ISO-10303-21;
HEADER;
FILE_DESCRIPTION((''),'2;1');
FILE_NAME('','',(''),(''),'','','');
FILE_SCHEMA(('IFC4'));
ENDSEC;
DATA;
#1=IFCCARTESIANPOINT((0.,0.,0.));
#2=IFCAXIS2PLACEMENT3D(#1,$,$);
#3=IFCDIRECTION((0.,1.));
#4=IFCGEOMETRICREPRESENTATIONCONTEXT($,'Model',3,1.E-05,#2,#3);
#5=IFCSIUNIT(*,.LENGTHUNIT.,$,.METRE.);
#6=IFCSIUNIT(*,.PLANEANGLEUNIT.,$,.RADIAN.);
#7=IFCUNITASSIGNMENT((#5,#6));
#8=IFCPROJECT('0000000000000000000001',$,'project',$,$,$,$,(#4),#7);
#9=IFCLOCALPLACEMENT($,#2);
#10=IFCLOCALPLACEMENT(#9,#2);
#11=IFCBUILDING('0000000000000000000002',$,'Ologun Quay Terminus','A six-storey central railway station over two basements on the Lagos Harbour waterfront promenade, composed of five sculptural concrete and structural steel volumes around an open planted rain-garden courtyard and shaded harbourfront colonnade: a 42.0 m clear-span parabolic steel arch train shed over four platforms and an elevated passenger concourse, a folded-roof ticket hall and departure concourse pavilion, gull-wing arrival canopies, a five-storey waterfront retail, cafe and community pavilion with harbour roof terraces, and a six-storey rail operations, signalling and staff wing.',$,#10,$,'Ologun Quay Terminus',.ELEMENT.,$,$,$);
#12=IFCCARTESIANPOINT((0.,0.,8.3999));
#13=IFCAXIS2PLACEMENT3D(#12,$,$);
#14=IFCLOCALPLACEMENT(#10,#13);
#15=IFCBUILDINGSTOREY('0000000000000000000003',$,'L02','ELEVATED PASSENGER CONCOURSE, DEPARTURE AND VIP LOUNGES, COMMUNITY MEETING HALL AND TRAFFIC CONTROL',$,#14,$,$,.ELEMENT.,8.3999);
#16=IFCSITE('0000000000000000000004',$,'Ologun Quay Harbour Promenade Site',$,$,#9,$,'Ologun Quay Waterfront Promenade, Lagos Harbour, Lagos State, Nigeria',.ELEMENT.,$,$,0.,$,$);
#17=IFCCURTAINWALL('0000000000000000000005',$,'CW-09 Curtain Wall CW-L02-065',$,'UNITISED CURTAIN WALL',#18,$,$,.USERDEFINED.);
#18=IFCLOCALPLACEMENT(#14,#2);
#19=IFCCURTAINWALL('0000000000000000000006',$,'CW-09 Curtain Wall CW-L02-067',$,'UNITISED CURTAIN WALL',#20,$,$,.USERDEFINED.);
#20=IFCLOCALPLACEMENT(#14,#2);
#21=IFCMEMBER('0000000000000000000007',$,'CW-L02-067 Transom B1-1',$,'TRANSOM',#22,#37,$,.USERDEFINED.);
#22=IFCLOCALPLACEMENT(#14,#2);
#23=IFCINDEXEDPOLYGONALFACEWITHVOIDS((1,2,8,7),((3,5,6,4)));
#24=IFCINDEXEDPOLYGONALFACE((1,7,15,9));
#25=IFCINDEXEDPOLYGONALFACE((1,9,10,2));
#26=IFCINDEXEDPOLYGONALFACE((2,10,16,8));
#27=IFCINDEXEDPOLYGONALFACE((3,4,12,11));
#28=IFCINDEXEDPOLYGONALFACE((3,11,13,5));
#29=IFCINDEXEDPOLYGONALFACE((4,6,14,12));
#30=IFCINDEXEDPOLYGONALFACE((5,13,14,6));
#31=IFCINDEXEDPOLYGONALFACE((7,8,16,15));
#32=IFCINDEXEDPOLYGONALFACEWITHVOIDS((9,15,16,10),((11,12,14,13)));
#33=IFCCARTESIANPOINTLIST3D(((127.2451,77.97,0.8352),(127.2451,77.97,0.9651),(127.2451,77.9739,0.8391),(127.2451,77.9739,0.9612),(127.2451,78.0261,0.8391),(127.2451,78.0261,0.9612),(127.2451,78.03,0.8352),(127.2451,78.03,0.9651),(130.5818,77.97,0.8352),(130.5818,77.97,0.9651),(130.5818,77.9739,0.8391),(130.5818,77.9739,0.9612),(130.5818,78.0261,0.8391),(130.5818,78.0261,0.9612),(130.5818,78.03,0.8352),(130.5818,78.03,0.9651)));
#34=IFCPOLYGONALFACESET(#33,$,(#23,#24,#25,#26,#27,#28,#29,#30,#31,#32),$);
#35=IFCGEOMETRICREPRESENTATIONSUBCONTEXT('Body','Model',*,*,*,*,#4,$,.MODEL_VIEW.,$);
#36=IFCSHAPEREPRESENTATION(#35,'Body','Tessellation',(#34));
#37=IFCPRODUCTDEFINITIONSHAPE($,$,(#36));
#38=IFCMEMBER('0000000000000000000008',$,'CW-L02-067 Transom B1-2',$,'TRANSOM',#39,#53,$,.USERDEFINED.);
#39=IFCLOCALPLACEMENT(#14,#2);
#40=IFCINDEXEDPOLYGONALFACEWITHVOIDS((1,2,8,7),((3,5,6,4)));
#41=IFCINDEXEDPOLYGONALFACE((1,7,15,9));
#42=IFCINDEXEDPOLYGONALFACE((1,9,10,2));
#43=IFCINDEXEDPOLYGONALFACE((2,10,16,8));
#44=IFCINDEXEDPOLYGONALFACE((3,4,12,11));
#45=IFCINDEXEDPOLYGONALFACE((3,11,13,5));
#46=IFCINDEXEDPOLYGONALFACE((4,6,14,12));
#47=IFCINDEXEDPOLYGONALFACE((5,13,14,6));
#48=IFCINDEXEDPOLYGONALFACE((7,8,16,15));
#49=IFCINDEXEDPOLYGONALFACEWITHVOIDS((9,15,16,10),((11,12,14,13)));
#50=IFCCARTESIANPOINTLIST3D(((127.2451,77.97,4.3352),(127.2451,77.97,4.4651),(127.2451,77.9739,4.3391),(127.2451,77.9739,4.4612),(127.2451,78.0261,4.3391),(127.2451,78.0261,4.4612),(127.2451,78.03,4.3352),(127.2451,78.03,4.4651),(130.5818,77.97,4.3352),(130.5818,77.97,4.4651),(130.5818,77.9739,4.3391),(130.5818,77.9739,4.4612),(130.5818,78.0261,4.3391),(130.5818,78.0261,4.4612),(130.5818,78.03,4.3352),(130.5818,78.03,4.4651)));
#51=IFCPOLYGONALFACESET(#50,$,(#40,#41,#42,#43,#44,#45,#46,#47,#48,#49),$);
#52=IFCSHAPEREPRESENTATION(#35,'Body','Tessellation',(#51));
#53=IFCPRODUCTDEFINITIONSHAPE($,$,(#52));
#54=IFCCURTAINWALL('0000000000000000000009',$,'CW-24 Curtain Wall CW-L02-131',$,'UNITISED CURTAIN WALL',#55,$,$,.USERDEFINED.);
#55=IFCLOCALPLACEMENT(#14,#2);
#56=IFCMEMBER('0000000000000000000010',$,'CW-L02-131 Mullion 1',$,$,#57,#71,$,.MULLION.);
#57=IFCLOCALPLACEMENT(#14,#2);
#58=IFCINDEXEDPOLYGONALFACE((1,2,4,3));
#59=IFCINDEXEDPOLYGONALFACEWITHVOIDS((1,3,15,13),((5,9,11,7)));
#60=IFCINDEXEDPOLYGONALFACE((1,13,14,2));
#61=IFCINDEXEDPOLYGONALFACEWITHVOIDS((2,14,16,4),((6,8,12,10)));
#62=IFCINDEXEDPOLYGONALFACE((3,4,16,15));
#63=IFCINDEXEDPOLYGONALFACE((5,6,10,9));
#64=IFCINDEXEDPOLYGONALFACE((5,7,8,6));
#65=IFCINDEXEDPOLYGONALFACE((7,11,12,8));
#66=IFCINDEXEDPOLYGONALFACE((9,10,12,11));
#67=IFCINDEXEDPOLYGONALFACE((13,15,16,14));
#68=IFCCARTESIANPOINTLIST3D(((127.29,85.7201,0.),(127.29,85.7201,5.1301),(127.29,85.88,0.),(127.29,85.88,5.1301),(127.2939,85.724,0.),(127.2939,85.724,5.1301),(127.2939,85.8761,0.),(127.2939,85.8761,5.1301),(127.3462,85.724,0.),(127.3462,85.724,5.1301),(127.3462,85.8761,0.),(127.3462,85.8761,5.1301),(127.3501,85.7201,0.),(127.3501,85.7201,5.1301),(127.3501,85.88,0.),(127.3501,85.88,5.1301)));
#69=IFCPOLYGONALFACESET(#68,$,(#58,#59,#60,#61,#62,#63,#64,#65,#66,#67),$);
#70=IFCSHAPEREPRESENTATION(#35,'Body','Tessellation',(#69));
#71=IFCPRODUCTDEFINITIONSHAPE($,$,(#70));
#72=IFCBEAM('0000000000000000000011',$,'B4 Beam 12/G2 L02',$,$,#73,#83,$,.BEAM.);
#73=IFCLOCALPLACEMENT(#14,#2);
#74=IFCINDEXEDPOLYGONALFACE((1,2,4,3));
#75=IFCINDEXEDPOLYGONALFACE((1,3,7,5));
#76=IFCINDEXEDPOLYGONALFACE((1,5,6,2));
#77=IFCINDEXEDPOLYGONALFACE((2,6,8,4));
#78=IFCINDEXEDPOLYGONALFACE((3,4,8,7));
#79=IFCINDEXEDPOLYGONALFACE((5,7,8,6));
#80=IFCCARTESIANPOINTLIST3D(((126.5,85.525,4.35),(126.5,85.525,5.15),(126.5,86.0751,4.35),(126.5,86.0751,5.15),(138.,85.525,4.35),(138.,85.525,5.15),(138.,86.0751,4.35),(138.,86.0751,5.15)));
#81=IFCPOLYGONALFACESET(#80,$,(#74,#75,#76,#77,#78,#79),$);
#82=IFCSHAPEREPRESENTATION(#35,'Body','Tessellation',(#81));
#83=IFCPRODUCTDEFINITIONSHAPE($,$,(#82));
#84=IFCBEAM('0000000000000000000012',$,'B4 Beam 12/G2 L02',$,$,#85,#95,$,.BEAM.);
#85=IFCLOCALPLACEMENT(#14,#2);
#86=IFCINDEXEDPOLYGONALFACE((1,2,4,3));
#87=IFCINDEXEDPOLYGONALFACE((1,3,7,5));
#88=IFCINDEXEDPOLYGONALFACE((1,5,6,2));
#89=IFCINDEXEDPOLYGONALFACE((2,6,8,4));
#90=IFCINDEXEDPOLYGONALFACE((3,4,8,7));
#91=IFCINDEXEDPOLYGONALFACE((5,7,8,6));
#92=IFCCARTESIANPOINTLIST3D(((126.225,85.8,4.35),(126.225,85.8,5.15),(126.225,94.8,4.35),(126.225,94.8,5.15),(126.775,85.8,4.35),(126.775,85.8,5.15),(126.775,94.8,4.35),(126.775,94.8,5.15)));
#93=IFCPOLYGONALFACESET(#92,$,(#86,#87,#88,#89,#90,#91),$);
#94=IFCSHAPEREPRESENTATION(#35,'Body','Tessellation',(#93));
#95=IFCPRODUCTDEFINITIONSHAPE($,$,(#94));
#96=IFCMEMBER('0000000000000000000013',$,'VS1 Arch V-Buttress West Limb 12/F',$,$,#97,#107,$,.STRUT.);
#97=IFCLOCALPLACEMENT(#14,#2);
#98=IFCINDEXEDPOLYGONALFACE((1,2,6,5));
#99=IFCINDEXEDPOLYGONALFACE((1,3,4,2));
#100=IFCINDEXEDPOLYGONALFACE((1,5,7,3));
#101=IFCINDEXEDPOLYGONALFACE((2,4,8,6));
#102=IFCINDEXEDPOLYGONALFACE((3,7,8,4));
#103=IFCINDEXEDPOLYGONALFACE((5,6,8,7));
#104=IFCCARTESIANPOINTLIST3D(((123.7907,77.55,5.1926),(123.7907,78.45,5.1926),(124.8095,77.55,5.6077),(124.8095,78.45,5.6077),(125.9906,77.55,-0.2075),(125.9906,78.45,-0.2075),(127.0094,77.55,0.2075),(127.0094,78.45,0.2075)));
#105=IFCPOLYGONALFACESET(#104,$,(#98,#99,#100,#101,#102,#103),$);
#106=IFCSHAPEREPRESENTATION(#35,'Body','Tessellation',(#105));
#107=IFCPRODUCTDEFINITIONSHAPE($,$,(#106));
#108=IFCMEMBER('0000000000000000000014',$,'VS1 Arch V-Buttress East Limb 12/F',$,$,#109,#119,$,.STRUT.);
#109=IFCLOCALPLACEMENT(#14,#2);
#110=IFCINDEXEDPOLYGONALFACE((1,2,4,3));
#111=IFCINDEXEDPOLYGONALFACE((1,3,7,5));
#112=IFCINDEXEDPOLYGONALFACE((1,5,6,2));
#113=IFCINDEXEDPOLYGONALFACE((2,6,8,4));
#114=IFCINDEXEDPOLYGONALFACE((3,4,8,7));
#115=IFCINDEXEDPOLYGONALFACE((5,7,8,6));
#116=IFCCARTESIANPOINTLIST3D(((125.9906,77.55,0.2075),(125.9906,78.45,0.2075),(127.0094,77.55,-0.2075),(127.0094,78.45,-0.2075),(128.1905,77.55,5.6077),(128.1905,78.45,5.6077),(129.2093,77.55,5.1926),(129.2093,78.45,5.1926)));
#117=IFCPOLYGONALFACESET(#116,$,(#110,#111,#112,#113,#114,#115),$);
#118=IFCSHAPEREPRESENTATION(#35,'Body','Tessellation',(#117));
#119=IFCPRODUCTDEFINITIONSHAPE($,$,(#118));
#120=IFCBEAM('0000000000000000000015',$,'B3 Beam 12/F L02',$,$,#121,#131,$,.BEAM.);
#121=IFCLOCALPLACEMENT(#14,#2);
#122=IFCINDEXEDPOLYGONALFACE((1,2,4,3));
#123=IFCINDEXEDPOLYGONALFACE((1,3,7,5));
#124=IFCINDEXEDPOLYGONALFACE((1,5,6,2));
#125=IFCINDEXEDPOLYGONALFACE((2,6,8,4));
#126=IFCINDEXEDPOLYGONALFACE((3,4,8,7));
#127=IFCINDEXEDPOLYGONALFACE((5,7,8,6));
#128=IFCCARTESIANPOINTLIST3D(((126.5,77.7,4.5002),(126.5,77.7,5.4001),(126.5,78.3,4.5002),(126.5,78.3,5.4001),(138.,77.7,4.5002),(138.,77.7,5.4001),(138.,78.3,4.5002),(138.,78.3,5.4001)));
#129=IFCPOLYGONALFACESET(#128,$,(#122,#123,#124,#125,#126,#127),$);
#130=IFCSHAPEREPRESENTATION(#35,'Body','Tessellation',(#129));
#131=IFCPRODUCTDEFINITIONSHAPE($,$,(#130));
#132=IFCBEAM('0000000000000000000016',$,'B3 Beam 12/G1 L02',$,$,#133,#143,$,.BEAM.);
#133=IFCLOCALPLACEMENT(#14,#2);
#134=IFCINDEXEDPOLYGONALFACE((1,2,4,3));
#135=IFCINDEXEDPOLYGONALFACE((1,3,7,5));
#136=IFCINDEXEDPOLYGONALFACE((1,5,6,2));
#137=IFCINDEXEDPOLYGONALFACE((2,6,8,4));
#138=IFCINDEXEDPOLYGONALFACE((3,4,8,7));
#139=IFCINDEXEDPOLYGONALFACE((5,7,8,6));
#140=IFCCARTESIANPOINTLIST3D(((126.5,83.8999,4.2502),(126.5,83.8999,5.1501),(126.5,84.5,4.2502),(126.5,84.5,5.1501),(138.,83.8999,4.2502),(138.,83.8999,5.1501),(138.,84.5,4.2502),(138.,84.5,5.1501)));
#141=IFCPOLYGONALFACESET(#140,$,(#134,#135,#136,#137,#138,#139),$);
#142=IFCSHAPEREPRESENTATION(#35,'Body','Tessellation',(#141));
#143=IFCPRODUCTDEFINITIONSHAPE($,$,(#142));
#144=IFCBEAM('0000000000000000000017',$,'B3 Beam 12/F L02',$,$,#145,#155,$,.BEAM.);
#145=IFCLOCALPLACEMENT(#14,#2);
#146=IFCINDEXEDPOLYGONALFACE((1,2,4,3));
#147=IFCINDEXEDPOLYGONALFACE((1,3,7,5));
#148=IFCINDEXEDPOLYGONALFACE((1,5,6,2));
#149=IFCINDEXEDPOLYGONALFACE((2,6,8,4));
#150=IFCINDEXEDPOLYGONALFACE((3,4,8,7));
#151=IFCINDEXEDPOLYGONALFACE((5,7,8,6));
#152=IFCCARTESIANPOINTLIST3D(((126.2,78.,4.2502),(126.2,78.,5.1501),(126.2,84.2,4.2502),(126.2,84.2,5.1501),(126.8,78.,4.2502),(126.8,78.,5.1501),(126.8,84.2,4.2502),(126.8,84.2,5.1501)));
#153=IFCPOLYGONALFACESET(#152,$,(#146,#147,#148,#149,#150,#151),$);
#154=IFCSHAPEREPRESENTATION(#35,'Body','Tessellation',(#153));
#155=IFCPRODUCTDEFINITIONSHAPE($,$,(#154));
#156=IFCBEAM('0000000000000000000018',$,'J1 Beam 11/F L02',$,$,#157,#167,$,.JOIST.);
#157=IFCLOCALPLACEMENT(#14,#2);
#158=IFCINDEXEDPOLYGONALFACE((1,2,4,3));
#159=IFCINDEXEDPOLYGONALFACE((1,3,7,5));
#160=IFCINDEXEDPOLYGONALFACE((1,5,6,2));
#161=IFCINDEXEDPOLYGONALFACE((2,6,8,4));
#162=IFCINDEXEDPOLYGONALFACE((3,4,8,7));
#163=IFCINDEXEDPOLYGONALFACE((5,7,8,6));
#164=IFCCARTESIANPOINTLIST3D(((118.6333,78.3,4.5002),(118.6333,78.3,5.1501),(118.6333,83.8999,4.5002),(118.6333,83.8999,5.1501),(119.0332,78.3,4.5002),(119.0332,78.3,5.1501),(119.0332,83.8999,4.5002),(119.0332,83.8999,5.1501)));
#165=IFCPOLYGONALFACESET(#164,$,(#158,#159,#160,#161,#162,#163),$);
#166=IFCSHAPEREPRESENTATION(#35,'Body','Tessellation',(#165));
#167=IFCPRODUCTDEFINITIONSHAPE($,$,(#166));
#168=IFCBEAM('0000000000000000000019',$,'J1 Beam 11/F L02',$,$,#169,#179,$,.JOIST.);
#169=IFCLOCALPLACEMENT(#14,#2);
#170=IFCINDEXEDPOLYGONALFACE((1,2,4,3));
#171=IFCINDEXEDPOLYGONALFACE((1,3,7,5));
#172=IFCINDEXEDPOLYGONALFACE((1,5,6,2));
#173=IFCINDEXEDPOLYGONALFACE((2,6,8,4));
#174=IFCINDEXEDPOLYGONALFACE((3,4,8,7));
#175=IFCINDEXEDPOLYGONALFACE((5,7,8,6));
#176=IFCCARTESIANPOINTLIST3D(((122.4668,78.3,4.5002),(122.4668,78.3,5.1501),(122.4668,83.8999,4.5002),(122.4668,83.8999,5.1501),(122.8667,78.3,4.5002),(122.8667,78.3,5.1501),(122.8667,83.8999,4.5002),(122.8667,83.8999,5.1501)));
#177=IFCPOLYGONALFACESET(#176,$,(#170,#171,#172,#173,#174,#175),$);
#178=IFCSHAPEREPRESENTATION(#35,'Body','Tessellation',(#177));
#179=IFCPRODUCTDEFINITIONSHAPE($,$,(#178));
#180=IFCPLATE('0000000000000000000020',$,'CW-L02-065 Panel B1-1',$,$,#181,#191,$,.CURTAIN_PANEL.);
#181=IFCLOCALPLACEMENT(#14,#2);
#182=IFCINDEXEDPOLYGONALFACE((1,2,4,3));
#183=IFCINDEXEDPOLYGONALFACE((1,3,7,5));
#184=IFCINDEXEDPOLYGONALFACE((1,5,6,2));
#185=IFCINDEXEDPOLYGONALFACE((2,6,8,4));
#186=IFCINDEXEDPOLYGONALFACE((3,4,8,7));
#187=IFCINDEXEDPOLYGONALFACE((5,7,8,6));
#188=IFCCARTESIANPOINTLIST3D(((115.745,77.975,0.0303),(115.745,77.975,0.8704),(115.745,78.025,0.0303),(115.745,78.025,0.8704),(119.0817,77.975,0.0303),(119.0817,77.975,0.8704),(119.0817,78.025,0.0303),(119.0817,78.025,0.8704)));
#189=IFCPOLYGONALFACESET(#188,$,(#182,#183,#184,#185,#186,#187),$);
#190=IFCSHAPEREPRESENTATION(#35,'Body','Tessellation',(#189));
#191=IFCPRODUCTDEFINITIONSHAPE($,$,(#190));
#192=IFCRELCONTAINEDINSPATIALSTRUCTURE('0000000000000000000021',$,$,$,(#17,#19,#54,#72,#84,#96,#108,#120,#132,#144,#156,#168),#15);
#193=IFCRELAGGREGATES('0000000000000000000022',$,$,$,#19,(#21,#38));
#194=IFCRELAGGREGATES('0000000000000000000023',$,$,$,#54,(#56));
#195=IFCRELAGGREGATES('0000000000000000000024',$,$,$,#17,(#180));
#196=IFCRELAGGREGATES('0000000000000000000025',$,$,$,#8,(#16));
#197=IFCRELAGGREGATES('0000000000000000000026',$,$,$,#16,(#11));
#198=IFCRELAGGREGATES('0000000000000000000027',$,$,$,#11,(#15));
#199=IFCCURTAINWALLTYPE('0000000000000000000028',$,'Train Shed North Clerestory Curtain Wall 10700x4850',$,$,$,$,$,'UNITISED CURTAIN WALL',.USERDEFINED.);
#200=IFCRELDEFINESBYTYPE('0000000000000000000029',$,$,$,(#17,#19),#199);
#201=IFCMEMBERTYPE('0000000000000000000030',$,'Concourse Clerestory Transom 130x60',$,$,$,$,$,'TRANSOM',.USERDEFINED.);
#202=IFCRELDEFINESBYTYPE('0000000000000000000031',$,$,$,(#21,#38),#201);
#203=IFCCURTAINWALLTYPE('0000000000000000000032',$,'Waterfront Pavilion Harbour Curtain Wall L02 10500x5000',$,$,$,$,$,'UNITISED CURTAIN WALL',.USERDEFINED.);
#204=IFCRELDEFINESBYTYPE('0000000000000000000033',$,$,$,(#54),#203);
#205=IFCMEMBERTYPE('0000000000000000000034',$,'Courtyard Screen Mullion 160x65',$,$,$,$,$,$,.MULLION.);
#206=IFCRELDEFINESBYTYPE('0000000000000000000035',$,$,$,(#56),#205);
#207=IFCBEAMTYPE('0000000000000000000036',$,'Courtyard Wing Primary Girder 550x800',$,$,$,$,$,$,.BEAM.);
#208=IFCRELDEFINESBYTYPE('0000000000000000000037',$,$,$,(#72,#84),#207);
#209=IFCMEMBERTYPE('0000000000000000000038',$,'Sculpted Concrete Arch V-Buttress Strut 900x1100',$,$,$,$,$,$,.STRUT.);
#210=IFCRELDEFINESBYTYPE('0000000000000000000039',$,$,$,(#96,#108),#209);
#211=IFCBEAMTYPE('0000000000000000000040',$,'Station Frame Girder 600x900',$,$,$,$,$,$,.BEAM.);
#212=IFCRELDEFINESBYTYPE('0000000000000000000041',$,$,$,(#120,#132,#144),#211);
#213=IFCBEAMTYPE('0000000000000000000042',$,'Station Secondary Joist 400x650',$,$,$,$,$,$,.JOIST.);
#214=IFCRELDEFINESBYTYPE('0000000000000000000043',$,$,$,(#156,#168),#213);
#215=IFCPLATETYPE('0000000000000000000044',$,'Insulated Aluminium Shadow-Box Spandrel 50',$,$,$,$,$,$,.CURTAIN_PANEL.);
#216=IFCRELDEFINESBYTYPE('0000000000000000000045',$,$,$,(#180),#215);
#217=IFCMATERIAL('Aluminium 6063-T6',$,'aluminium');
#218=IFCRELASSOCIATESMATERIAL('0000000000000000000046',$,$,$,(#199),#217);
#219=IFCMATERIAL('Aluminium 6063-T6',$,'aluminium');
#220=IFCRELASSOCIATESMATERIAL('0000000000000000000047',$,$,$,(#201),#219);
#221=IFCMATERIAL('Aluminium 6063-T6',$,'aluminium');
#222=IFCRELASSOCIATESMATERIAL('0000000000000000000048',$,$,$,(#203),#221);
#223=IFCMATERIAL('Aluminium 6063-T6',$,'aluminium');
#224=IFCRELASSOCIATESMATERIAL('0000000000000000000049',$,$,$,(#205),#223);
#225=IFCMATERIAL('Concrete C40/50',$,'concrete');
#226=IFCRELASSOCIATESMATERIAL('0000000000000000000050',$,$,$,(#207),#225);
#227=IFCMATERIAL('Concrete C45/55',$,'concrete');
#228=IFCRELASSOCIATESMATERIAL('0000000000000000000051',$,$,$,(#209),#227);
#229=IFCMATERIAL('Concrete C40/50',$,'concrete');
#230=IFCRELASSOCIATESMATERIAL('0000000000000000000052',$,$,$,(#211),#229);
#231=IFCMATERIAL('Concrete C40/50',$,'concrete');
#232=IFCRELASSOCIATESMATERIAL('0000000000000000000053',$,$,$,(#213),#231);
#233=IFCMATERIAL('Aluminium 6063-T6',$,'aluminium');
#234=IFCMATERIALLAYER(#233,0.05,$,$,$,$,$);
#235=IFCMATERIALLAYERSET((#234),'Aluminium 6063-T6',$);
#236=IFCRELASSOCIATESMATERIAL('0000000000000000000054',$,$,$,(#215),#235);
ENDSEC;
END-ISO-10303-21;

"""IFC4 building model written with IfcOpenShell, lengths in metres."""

from ifc_helpers import new_model, si_unit, direction, frame, origin, origin_2d, place, context, subcontext, project, spatial, rectangle, hollow_rectangle, extrude, material, layer, layer_set, material_profile, profile_set, type_object, element, aggregate, save


model = new_model("IFC4")

# Units and contexts
model_context = context("Model", 3, precision=1e-05, world=origin(), true_north=direction((0.0, 1.0)))
body_context = subcontext(model_context, "Body", "Model", "MODEL_VIEW")
ifc_project = project(units=[si_unit("LENGTHUNIT", "METRE"), si_unit("PLANEANGLEUNIT", "RADIAN")], contexts=[model_context])

# Site, building, storey
site_placement = place(None, origin())
site = spatial("IfcSite", under=ifc_project, at=site_placement, Name="Ologun Quay Harbour Promenade Site", LongName="Ologun Quay Waterfront Promenade, Lagos Harbour, Lagos State, Nigeria", CompositionType="ELEMENT", RefElevation=0.0)
building_placement = place(site_placement, origin())
building = spatial("IfcBuilding", under=site, at=building_placement, Name="Ologun Quay Terminus", Description="A six-storey central railway station over two basements on the Lagos Harbour waterfront promenade, composed of five sculptural concrete and structural steel volumes around an open planted rain-garden courtyard and shaded harbourfront colonnade: a 42.0 m clear-span parabolic steel arch train shed over four platforms and an elevated passenger concourse, a folded-roof ticket hall and departure concourse pavilion, gull-wing arrival canopies, a five-storey waterfront retail, cafe and community pavilion with harbour roof terraces, and a six-storey rail operations, signalling and staff wing.", LongName="Ologun Quay Terminus", CompositionType="ELEMENT")
storey_placement = place(building_placement, frame((0.0, 0.0, 8.3999)))
storey = spatial("IfcBuildingStorey", under=building, at=storey_placement, Name="L02", Description="ELEVATED PASSENGER CONCOURSE, DEPARTURE AND VIP LOUNGES, COMMUNITY MEETING HALL AND TRAFFIC CONTROL", CompositionType="ELEMENT", Elevation=8.3999)

# Curtain wall
ifc_material_1 = material(Name="Aluminium 6063-T6", Category="aluminium")
curtain_wall_type_1 = type_object("IfcCurtainWallType", Name="Train Shed North Clerestory Curtain Wall 10700x4850", ElementType="UNITISED CURTAIN WALL", PredefinedType="USERDEFINED", material=ifc_material_1)
curtain_wall_1_placement = place(storey_placement, origin())
curtain_wall_1 = element("IfcCurtainWall", 1, at=curtain_wall_1_placement, inside=storey, type_object=curtain_wall_type_1, Name="CW-09 Curtain Wall CW-L02-065", ObjectType="UNITISED CURTAIN WALL", PredefinedType="USERDEFINED")

# Curtain wall
curtain_wall_2_placement = place(storey_placement, origin())
curtain_wall_2 = element("IfcCurtainWall", 2, at=curtain_wall_2_placement, inside=storey, type_object=curtain_wall_type_1, Name="CW-09 Curtain Wall CW-L02-067", ObjectType="UNITISED CURTAIN WALL", PredefinedType="USERDEFINED")

# Members
ifc_material_2 = material(Name="Aluminium 6063-T6", Category="aluminium")
ifc_material_profile_1 = material_profile(ifc_material_2, hollow_rectangle(XDim=0.0601, YDim=0.1299, WallThickness=0.0039, at=origin_2d()), Name="ALU 130x60x4")
ifc_profile_set_1 = profile_set([ifc_material_profile_1], Name="Aluminium 6063-T6")
member_type_1 = type_object("IfcMemberType", Name="Concourse Clerestory Transom 130x60", ElementType="TRANSOM", PredefinedType="USERDEFINED", material=ifc_profile_set_1)
member_1_placement = place(storey_placement, frame((127.2451, 78.0, 0.9001), z_axis=(1.0, 0.0, 0.0), x_axis=(0.0, 1.0, 0.0)))
member_1 = element("IfcMember", 3, at=member_1_placement, type_object=member_type_1, Name="CW-L02-067 Transom B1-1", ObjectType="TRANSOM", PredefinedType="USERDEFINED", context=body_context, shape_type="SweptSolid", body=[
    extrude(hollow_rectangle(XDim=0.0601, YDim=0.1299, WallThickness=0.0039, at=origin_2d()), origin(), (0.0, 0.0, 1.0), 3.3367),
])
member_2_placement = place(storey_placement, frame((127.2451, 78.0, 4.4001), z_axis=(1.0, 0.0, 0.0), x_axis=(0.0, 1.0, 0.0)))
member_2 = element("IfcMember", 4, at=member_2_placement, type_object=member_type_1, Name="CW-L02-067 Transom B1-2", ObjectType="TRANSOM", PredefinedType="USERDEFINED", context=body_context, shape_type="SweptSolid", body=[
    extrude(hollow_rectangle(XDim=0.0601, YDim=0.1299, WallThickness=0.0039, at=origin_2d()), origin(), (0.0, 0.0, 1.0), 3.3367),
])
aggregate(curtain_wall_2, [member_1, member_2])

# Curtain wall, member
ifc_material_3 = material(Name="Aluminium 6063-T6", Category="aluminium")
curtain_wall_type_2 = type_object("IfcCurtainWallType", Name="Waterfront Pavilion Harbour Curtain Wall L02 10500x5000", ElementType="UNITISED CURTAIN WALL", PredefinedType="USERDEFINED", material=ifc_material_3)
curtain_wall_3_placement = place(storey_placement, origin())
curtain_wall_3 = element("IfcCurtainWall", 5, at=curtain_wall_3_placement, inside=storey, type_object=curtain_wall_type_2, Name="CW-24 Curtain Wall CW-L02-131", ObjectType="UNITISED CURTAIN WALL", PredefinedType="USERDEFINED")
ifc_material_4 = material(Name="Aluminium 6063-T6", Category="aluminium")
ifc_material_profile_2 = material_profile(ifc_material_4, hollow_rectangle(XDim=0.0601, YDim=0.1599, WallThickness=0.0039, at=origin_2d()), Name="ALU 160x60x4")
ifc_profile_set_2 = profile_set([ifc_material_profile_2], Name="Aluminium 6063-T6")
member_type_2 = type_object("IfcMemberType", Name="Courtyard Screen Mullion 160x65", PredefinedType="MULLION", material=ifc_profile_set_2)
member_3_placement = place(storey_placement, frame((127.3201, 85.8, 0.0), z_axis=(0.0, 0.0, 1.0), x_axis=(1.0, 0.0, 0.0)))
member_3 = element("IfcMember", 6, at=member_3_placement, type_object=member_type_2, Name="CW-L02-131 Mullion 1", PredefinedType="MULLION", context=body_context, shape_type="SweptSolid", body=[
    extrude(hollow_rectangle(XDim=0.0601, YDim=0.1599, WallThickness=0.0039, at=origin_2d()), origin(), (0.0, 0.0, 1.0), 5.1301),
])
aggregate(curtain_wall_3, [member_3])

# Beams
ifc_material_5 = material(Name="Concrete C40/50", Category="concrete")
ifc_material_profile_3 = material_profile(ifc_material_5, rectangle(XDim=0.55, YDim=0.8, at=origin_2d()), Name="RC 550x800")
ifc_profile_set_3 = profile_set([ifc_material_profile_3], Name="Concrete C40/50")
beam_type_1 = type_object("IfcBeamType", Name="Courtyard Wing Primary Girder 550x800", PredefinedType="BEAM", material=ifc_profile_set_3)
beam_1_placement = place(storey_placement, frame((126.5, 85.8, 4.75), z_axis=(1.0, 0.0, 0.0), x_axis=(0.0, 1.0, 0.0)))
element("IfcBeam", 7, at=beam_1_placement, inside=storey, type_object=beam_type_1, Name="B4 Beam 12/G2 L02", PredefinedType="BEAM", context=body_context, shape_type="SweptSolid", body=[
    extrude(rectangle(XDim=0.55, YDim=0.8, at=origin_2d()), origin(), (0.0, 0.0, 1.0), 11.5),
])
beam_2_placement = place(storey_placement, frame((126.5, 85.8, 4.75), z_axis=(0.0, 1.0, 0.0), x_axis=(-1.0, 0.0, 0.0)))
element("IfcBeam", 8, at=beam_2_placement, inside=storey, type_object=beam_type_1, Name="B4 Beam 12/G2 L02", PredefinedType="BEAM", context=body_context, shape_type="SweptSolid", body=[
    extrude(rectangle(XDim=0.55, YDim=0.8, at=origin_2d()), origin(), (0.0, 0.0, 1.0), 9.0),
])

# Members
ifc_material_6 = material(Name="Concrete C45/55", Category="concrete")
ifc_material_profile_4 = material_profile(ifc_material_6, rectangle(XDim=0.8999, YDim=1.1001, at=origin_2d()), Name="RC 900x1100")
ifc_profile_set_4 = profile_set([ifc_material_profile_4], Name="Concrete C45/55")
member_type_3 = type_object("IfcMemberType", Name="Sculpted Concrete Arch V-Buttress Strut 900x1100", PredefinedType="STRUT", material=ifc_profile_set_4)
for number, where, z_axis, x_axis, name in (
    (9, (126.5, 78.0, 0.0), (-0.377281, 0.0, 0.926099), (0.0, -1.0, 0.0), "VS1 Arch V-Buttress West Limb 12/F"),
    (10, (126.5, 78.0, 0.0), (0.377281, 0.0, 0.926099), (0.0, 1.0, 0.0), "VS1 Arch V-Buttress East Limb 12/F"),
):
    element("IfcMember", number, at=place(storey_placement, frame(where, z_axis=z_axis, x_axis=x_axis)), inside=storey, type_object=member_type_3, Name=name, PredefinedType="STRUT", context=body_context, shape_type="SweptSolid", body=[
        extrude(rectangle(XDim=0.8999, YDim=1.1001, at=origin_2d()), origin(), (0.0, 0.0, 1.0), 5.8311),
    ])

# Beams
ifc_material_7 = material(Name="Concrete C40/50", Category="concrete")
ifc_material_profile_5 = material_profile(ifc_material_7, rectangle(XDim=0.6001, YDim=0.8999, at=origin_2d()), Name="RC 600x900")
ifc_profile_set_5 = profile_set([ifc_material_profile_5], Name="Concrete C40/50")
beam_type_2 = type_object("IfcBeamType", Name="Station Frame Girder 600x900", PredefinedType="BEAM", material=ifc_profile_set_5)
for number, where, z_axis, x_axis, name in (
    (11, (126.5, 78.0, 4.9502), (1.0, 0.0, 0.0), (0.0, 1.0, 0.0), "B3 Beam 12/F L02"),
    (12, (126.5, 84.2, 4.7002), (1.0, 0.0, 0.0), (0.0, 1.0, 0.0), "B3 Beam 12/G1 L02"),
):
    element("IfcBeam", number, at=place(storey_placement, frame(where, z_axis=z_axis, x_axis=x_axis)), inside=storey, type_object=beam_type_2, Name=name, PredefinedType="BEAM", context=body_context, shape_type="SweptSolid", body=[
        extrude(rectangle(XDim=0.6001, YDim=0.8999, at=origin_2d()), origin(), (0.0, 0.0, 1.0), 11.5),
    ])
beam_3_placement = place(storey_placement, frame((126.5, 78.0, 4.7002), z_axis=(0.0, 1.0, 0.0), x_axis=(-1.0, 0.0, 0.0)))
element("IfcBeam", 13, at=beam_3_placement, inside=storey, type_object=beam_type_2, Name="B3 Beam 12/F L02", PredefinedType="BEAM", context=body_context, shape_type="SweptSolid", body=[
    extrude(rectangle(XDim=0.6001, YDim=0.8999, at=origin_2d()), origin(), (0.0, 0.0, 1.0), 6.2),
])
ifc_material_8 = material(Name="Concrete C40/50", Category="concrete")
ifc_material_profile_6 = material_profile(ifc_material_8, rectangle(XDim=0.3999, YDim=0.6499, at=origin_2d()), Name="RC 400x650")
ifc_profile_set_6 = profile_set([ifc_material_profile_6], Name="Concrete C40/50")
beam_type_3 = type_object("IfcBeamType", Name="Station Secondary Joist 400x650", PredefinedType="JOIST", material=ifc_profile_set_6)
for number, where, z_axis, x_axis, name in (
    (14, (118.8333, 78.3, 4.8252), (0.0, 1.0, 0.0), (-1.0, 0.0, 0.0), "J1 Beam 11/F L02"),
    (15, (122.6667, 78.3, 4.8252), (0.0, 1.0, 0.0), (-1.0, 0.0, 0.0), "J1 Beam 11/F L02"),
):
    element("IfcBeam", number, at=place(storey_placement, frame(where, z_axis=z_axis, x_axis=x_axis)), inside=storey, type_object=beam_type_3, Name=name, PredefinedType="JOIST", context=body_context, shape_type="SweptSolid", body=[
        extrude(rectangle(XDim=0.3999, YDim=0.6499, at=origin_2d()), origin(), (0.0, 0.0, 1.0), 5.5999),
    ])

# Plate
ifc_material_9 = material(Name="Aluminium 6063-T6", Category="aluminium")
ifc_layer_1 = layer(ifc_material_9, 0.05)
ifc_layer_set_1 = layer_set([ifc_layer_1], Name="Aluminium 6063-T6")
plate_type_1 = type_object("IfcPlateType", Name="Insulated Aluminium Shadow-Box Spandrel 50", PredefinedType="CURTAIN_PANEL", material=ifc_layer_set_1)
plate_1_placement = place(storey_placement, frame((117.4133, 78.0, 0.0303), z_axis=(0.0, 0.0, 1.0), x_axis=(1.0, 0.0, 0.0)))
plate_1 = element("IfcPlate", 16, at=plate_1_placement, type_object=plate_type_1, Name="CW-L02-065 Panel B1-1", PredefinedType="CURTAIN_PANEL", context=body_context, shape_type="SweptSolid", body=[
    extrude(rectangle(XDim=3.3367, YDim=0.05, at=origin_2d()), origin(), (0.0, 0.0, 1.0), 0.8401),
])
aggregate(curtain_wall_1, [plate_1])

save(model, "model.ifc")
